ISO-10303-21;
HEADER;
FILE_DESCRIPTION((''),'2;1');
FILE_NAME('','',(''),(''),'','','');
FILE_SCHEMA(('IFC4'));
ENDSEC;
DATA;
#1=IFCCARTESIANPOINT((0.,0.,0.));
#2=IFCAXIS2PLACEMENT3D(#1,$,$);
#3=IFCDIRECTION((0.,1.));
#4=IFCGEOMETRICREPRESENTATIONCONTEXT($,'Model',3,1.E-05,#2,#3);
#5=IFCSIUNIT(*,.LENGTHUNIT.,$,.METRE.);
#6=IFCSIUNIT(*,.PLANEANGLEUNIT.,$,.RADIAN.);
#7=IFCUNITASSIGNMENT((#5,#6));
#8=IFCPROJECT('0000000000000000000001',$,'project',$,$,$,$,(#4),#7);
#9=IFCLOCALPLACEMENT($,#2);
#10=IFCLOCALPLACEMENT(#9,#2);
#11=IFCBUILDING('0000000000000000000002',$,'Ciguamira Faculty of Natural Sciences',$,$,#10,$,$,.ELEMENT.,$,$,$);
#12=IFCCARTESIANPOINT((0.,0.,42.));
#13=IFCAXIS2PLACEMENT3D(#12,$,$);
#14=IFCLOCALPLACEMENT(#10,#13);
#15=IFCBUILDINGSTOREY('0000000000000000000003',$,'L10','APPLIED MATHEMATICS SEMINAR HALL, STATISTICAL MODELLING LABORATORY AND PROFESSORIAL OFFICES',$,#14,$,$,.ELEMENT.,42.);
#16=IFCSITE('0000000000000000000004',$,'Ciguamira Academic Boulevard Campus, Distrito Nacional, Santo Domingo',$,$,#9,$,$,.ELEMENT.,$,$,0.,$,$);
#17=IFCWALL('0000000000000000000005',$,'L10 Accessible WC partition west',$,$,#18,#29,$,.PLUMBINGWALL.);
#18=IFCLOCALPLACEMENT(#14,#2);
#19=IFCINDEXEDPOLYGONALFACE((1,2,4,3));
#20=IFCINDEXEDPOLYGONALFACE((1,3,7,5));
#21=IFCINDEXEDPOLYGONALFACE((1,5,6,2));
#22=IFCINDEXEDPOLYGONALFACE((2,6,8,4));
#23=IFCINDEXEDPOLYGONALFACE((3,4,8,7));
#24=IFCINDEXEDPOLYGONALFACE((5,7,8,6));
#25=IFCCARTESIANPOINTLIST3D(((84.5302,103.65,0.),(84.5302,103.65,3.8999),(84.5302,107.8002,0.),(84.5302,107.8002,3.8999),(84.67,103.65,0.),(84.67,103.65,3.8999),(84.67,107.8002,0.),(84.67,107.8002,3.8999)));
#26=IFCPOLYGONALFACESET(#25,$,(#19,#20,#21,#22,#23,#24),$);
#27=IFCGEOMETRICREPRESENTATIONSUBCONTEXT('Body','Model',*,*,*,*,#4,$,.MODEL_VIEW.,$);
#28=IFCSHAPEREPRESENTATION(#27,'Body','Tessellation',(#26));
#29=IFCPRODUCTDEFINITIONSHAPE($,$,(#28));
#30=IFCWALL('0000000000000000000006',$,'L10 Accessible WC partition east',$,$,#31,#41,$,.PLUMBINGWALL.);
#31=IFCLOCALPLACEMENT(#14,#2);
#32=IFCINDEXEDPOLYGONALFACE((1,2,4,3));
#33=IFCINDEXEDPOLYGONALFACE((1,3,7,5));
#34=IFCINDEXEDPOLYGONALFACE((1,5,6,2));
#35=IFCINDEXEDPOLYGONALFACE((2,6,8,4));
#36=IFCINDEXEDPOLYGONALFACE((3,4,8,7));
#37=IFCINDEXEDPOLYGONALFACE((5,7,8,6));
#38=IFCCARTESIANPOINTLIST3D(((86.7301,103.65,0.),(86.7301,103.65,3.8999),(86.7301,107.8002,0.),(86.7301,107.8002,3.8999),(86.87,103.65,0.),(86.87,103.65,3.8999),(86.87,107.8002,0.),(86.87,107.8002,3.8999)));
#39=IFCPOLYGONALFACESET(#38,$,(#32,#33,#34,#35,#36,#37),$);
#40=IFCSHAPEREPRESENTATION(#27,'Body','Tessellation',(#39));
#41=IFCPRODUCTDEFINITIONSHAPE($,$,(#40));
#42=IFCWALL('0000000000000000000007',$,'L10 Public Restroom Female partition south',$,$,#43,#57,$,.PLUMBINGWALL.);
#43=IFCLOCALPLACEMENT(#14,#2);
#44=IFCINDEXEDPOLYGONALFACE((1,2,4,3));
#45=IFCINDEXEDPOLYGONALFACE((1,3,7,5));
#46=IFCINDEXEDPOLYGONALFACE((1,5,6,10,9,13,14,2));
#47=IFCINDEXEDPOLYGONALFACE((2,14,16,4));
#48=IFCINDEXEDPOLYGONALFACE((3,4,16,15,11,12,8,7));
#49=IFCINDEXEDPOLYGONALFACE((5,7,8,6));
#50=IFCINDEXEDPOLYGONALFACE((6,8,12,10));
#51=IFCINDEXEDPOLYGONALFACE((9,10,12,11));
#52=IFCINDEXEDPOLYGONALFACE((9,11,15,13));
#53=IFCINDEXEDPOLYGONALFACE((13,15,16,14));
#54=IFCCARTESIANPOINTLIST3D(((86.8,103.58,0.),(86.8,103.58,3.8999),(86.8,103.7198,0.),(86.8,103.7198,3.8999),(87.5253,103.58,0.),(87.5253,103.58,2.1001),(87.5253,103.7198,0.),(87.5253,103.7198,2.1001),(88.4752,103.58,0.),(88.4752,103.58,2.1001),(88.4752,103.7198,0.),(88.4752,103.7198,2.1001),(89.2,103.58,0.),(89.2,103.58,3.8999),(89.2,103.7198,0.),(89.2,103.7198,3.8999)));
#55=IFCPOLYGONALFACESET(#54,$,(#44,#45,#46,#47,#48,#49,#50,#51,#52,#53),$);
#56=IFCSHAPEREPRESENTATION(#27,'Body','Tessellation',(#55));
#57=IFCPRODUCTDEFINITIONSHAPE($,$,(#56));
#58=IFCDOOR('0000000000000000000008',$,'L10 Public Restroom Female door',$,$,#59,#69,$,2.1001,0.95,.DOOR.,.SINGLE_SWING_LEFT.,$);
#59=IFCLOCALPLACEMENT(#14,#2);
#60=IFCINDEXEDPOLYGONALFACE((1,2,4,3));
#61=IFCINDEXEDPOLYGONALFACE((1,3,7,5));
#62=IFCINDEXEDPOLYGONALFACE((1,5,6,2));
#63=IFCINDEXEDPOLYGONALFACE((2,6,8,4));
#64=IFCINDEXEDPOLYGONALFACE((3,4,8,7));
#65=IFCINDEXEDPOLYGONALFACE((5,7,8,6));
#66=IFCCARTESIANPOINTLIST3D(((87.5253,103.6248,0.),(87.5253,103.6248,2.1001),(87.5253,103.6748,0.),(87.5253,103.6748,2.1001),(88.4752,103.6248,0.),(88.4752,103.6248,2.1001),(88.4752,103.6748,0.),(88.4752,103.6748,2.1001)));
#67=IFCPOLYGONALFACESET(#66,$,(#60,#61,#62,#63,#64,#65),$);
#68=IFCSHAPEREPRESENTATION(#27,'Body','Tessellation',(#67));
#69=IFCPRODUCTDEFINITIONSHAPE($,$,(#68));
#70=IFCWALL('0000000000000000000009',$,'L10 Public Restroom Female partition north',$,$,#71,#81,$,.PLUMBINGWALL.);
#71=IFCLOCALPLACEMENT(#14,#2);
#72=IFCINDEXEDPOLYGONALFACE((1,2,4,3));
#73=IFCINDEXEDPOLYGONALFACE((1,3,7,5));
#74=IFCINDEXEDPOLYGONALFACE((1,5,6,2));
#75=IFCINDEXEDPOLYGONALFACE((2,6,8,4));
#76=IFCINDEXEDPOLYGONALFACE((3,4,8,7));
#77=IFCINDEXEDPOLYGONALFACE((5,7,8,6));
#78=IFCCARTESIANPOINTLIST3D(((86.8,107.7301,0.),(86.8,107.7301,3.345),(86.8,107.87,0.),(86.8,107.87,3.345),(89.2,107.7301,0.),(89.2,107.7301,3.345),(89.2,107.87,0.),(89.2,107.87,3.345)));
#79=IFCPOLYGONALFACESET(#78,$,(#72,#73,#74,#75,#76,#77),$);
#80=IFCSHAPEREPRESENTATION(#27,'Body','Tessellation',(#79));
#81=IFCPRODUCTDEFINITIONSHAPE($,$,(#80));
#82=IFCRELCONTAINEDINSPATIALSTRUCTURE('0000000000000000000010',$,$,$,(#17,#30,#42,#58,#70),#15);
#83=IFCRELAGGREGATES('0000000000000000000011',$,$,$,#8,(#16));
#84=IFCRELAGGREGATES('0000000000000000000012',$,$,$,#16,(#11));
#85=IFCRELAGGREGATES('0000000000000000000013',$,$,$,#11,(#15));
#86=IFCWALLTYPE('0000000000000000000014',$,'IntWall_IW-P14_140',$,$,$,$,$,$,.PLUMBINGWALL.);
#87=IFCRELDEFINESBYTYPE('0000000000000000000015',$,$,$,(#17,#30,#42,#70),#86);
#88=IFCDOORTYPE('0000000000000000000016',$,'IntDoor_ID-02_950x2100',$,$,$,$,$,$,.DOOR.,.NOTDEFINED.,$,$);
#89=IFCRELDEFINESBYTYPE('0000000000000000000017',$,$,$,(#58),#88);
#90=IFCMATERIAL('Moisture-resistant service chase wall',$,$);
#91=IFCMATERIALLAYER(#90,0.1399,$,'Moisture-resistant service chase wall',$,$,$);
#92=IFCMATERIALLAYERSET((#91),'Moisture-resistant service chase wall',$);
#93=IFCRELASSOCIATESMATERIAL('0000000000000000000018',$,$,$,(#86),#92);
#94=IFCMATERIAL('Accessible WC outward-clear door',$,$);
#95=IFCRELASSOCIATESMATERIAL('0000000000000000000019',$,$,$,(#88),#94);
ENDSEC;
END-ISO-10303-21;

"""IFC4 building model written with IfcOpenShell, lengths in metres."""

from ifc_helpers import new_model, si_unit, direction, frame, frame_2d, origin, place, context, subcontext, project, spatial, rectangle, extrude, material, layer, layer_set, type_object, element, fill, save


model = new_model("IFC4")

# Units and contexts
model_context = context("Model", 3, precision=1e-05, world=origin(), true_north=direction((0.0, 1.0)))
body_context = subcontext(model_context, "Body", "Model", "MODEL_VIEW")
ifc_project = project(units=[si_unit("LENGTHUNIT", "METRE"), si_unit("PLANEANGLEUNIT", "RADIAN")], contexts=[model_context])

# Site, building, storey
site_placement = place(None, origin())
site = spatial("IfcSite", under=ifc_project, at=site_placement, Name="Ciguamira Academic Boulevard Campus, Distrito Nacional, Santo Domingo", CompositionType="ELEMENT", RefElevation=0.0)
building_placement = place(site_placement, origin())
building = spatial("IfcBuilding", under=site, at=building_placement, Name="Ciguamira Faculty of Natural Sciences", CompositionType="ELEMENT")
storey_placement = place(building_placement, frame((0.0, 0.0, 42.0)))
storey = spatial("IfcBuildingStorey", under=building, at=storey_placement, Name="L10", Description="APPLIED MATHEMATICS SEMINAR HALL, STATISTICAL MODELLING LABORATORY AND PROFESSORIAL OFFICES", CompositionType="ELEMENT", Elevation=42.0)

# Shared definitions
ifc_material_1 = material(Name="Moisture-resistant service chase wall")
ifc_layer_1 = layer(ifc_material_1, 0.1399, Name="Moisture-resistant service chase wall")
ifc_layer_set_1 = layer_set([ifc_layer_1], Name="Moisture-resistant service chase wall")
wall_type_1 = type_object("IfcWallType", Name="IntWall_IW-P14_140", PredefinedType="PLUMBINGWALL", material=ifc_layer_set_1)
ifc_material_2 = material(Name="Accessible WC outward-clear door")
door_type_1 = type_object("IfcDoorType", Name="IntDoor_ID-02_950x2100", OperationType="NOTDEFINED", PredefinedType="DOOR", material=ifc_material_2)

# Walls
for number, where, z_axis, x_axis, name in (
    (1, (84.6001, 103.6499, 0.0), (0.0, 0.0, 1.0), (0.0, 1.0, 0.0), "L10 Accessible WC partition west"),
    (2, (86.8, 103.6499, 0.0), (0.0, 0.0, 1.0), (0.0, 1.0, 0.0), "L10 Accessible WC partition east"),
):
    element("IfcWall", number, at=place(storey_placement, frame(where, z_axis=z_axis, x_axis=x_axis)), inside=storey, type_object=wall_type_1, Name=name, PredefinedType="PLUMBINGWALL", context=body_context, shape_type="SweptSolid", body=[
        extrude(rectangle(XDim=4.1501, YDim=0.1399, at=frame_2d((2.0752, 0.0))), origin(), (0.0, 0.0, 1.0), 3.8999),
    ])

# Wall, opening, door
wall_1_placement = place(storey_placement, frame((86.8, 103.6499, 0.0), z_axis=(0.0, 0.0, 1.0), x_axis=(1.0, 0.0, 0.0)))
wall_1 = element("IfcWall", 3, at=wall_1_placement, inside=storey, type_object=wall_type_1, Name="L10 Public Restroom Female partition south", PredefinedType="PLUMBINGWALL", context=body_context, shape_type="SweptSolid", body=[
    extrude(rectangle(XDim=2.3999, YDim=0.1399, at=frame_2d((1.2, 0.0))), origin(), (0.0, 0.0, 1.0), 3.8999),
])
opening_1_placement = place(wall_1_placement, frame((0.7251, 0.0, 0.0)))
opening_1 = element("IfcOpeningElement", 4, at=opening_1_placement, cuts=wall_1, PredefinedType="OPENING", context=body_context, shape_type="SweptSolid", body=[
    extrude(rectangle(XDim=0.95, YDim=2.1001, at=frame_2d((0.4751, 1.05))), frame((0.0, 0.0798, 0.0), z_axis=(0.0, -1.0, 0.0), x_axis=(1.0, 0.0, 0.0)), (0.0, 0.0, 1.0), 0.1599),
])
door_1_placement = place(opening_1_placement, origin())
door_1 = element("IfcDoor", 5, at=door_1_placement, inside=storey, type_object=door_type_1, Name="L10 Public Restroom Female door", OperationType="SINGLE_SWING_LEFT", OverallHeight=2.1001, OverallWidth=0.95, PredefinedType="DOOR", context=body_context, shape_type="SweptSolid", body=[
    extrude(rectangle(XDim=0.95, YDim=2.1001, at=frame_2d((0.4751, 1.05))), frame((0.0, 0.0249, 0.0), z_axis=(0.0, -1.0, 0.0), x_axis=(1.0, 0.0, 0.0)), (0.0, 0.0, 1.0), 0.05),
])
fill(opening_1, door_1)

# Wall
wall_2_placement = place(storey_placement, frame((86.8, 107.8, 0.0), z_axis=(0.0, 0.0, 1.0), x_axis=(1.0, 0.0, 0.0)))
element("IfcWall", 6, at=wall_2_placement, inside=storey, type_object=wall_type_1, Name="L10 Public Restroom Female partition north", PredefinedType="PLUMBINGWALL", context=body_context, shape_type="SweptSolid", body=[
    extrude(rectangle(XDim=2.3999, YDim=0.1399, at=frame_2d((1.2, 0.0))), origin(), (0.0, 0.0, 1.0), 3.345),
])

save(model, "model.ifc")
